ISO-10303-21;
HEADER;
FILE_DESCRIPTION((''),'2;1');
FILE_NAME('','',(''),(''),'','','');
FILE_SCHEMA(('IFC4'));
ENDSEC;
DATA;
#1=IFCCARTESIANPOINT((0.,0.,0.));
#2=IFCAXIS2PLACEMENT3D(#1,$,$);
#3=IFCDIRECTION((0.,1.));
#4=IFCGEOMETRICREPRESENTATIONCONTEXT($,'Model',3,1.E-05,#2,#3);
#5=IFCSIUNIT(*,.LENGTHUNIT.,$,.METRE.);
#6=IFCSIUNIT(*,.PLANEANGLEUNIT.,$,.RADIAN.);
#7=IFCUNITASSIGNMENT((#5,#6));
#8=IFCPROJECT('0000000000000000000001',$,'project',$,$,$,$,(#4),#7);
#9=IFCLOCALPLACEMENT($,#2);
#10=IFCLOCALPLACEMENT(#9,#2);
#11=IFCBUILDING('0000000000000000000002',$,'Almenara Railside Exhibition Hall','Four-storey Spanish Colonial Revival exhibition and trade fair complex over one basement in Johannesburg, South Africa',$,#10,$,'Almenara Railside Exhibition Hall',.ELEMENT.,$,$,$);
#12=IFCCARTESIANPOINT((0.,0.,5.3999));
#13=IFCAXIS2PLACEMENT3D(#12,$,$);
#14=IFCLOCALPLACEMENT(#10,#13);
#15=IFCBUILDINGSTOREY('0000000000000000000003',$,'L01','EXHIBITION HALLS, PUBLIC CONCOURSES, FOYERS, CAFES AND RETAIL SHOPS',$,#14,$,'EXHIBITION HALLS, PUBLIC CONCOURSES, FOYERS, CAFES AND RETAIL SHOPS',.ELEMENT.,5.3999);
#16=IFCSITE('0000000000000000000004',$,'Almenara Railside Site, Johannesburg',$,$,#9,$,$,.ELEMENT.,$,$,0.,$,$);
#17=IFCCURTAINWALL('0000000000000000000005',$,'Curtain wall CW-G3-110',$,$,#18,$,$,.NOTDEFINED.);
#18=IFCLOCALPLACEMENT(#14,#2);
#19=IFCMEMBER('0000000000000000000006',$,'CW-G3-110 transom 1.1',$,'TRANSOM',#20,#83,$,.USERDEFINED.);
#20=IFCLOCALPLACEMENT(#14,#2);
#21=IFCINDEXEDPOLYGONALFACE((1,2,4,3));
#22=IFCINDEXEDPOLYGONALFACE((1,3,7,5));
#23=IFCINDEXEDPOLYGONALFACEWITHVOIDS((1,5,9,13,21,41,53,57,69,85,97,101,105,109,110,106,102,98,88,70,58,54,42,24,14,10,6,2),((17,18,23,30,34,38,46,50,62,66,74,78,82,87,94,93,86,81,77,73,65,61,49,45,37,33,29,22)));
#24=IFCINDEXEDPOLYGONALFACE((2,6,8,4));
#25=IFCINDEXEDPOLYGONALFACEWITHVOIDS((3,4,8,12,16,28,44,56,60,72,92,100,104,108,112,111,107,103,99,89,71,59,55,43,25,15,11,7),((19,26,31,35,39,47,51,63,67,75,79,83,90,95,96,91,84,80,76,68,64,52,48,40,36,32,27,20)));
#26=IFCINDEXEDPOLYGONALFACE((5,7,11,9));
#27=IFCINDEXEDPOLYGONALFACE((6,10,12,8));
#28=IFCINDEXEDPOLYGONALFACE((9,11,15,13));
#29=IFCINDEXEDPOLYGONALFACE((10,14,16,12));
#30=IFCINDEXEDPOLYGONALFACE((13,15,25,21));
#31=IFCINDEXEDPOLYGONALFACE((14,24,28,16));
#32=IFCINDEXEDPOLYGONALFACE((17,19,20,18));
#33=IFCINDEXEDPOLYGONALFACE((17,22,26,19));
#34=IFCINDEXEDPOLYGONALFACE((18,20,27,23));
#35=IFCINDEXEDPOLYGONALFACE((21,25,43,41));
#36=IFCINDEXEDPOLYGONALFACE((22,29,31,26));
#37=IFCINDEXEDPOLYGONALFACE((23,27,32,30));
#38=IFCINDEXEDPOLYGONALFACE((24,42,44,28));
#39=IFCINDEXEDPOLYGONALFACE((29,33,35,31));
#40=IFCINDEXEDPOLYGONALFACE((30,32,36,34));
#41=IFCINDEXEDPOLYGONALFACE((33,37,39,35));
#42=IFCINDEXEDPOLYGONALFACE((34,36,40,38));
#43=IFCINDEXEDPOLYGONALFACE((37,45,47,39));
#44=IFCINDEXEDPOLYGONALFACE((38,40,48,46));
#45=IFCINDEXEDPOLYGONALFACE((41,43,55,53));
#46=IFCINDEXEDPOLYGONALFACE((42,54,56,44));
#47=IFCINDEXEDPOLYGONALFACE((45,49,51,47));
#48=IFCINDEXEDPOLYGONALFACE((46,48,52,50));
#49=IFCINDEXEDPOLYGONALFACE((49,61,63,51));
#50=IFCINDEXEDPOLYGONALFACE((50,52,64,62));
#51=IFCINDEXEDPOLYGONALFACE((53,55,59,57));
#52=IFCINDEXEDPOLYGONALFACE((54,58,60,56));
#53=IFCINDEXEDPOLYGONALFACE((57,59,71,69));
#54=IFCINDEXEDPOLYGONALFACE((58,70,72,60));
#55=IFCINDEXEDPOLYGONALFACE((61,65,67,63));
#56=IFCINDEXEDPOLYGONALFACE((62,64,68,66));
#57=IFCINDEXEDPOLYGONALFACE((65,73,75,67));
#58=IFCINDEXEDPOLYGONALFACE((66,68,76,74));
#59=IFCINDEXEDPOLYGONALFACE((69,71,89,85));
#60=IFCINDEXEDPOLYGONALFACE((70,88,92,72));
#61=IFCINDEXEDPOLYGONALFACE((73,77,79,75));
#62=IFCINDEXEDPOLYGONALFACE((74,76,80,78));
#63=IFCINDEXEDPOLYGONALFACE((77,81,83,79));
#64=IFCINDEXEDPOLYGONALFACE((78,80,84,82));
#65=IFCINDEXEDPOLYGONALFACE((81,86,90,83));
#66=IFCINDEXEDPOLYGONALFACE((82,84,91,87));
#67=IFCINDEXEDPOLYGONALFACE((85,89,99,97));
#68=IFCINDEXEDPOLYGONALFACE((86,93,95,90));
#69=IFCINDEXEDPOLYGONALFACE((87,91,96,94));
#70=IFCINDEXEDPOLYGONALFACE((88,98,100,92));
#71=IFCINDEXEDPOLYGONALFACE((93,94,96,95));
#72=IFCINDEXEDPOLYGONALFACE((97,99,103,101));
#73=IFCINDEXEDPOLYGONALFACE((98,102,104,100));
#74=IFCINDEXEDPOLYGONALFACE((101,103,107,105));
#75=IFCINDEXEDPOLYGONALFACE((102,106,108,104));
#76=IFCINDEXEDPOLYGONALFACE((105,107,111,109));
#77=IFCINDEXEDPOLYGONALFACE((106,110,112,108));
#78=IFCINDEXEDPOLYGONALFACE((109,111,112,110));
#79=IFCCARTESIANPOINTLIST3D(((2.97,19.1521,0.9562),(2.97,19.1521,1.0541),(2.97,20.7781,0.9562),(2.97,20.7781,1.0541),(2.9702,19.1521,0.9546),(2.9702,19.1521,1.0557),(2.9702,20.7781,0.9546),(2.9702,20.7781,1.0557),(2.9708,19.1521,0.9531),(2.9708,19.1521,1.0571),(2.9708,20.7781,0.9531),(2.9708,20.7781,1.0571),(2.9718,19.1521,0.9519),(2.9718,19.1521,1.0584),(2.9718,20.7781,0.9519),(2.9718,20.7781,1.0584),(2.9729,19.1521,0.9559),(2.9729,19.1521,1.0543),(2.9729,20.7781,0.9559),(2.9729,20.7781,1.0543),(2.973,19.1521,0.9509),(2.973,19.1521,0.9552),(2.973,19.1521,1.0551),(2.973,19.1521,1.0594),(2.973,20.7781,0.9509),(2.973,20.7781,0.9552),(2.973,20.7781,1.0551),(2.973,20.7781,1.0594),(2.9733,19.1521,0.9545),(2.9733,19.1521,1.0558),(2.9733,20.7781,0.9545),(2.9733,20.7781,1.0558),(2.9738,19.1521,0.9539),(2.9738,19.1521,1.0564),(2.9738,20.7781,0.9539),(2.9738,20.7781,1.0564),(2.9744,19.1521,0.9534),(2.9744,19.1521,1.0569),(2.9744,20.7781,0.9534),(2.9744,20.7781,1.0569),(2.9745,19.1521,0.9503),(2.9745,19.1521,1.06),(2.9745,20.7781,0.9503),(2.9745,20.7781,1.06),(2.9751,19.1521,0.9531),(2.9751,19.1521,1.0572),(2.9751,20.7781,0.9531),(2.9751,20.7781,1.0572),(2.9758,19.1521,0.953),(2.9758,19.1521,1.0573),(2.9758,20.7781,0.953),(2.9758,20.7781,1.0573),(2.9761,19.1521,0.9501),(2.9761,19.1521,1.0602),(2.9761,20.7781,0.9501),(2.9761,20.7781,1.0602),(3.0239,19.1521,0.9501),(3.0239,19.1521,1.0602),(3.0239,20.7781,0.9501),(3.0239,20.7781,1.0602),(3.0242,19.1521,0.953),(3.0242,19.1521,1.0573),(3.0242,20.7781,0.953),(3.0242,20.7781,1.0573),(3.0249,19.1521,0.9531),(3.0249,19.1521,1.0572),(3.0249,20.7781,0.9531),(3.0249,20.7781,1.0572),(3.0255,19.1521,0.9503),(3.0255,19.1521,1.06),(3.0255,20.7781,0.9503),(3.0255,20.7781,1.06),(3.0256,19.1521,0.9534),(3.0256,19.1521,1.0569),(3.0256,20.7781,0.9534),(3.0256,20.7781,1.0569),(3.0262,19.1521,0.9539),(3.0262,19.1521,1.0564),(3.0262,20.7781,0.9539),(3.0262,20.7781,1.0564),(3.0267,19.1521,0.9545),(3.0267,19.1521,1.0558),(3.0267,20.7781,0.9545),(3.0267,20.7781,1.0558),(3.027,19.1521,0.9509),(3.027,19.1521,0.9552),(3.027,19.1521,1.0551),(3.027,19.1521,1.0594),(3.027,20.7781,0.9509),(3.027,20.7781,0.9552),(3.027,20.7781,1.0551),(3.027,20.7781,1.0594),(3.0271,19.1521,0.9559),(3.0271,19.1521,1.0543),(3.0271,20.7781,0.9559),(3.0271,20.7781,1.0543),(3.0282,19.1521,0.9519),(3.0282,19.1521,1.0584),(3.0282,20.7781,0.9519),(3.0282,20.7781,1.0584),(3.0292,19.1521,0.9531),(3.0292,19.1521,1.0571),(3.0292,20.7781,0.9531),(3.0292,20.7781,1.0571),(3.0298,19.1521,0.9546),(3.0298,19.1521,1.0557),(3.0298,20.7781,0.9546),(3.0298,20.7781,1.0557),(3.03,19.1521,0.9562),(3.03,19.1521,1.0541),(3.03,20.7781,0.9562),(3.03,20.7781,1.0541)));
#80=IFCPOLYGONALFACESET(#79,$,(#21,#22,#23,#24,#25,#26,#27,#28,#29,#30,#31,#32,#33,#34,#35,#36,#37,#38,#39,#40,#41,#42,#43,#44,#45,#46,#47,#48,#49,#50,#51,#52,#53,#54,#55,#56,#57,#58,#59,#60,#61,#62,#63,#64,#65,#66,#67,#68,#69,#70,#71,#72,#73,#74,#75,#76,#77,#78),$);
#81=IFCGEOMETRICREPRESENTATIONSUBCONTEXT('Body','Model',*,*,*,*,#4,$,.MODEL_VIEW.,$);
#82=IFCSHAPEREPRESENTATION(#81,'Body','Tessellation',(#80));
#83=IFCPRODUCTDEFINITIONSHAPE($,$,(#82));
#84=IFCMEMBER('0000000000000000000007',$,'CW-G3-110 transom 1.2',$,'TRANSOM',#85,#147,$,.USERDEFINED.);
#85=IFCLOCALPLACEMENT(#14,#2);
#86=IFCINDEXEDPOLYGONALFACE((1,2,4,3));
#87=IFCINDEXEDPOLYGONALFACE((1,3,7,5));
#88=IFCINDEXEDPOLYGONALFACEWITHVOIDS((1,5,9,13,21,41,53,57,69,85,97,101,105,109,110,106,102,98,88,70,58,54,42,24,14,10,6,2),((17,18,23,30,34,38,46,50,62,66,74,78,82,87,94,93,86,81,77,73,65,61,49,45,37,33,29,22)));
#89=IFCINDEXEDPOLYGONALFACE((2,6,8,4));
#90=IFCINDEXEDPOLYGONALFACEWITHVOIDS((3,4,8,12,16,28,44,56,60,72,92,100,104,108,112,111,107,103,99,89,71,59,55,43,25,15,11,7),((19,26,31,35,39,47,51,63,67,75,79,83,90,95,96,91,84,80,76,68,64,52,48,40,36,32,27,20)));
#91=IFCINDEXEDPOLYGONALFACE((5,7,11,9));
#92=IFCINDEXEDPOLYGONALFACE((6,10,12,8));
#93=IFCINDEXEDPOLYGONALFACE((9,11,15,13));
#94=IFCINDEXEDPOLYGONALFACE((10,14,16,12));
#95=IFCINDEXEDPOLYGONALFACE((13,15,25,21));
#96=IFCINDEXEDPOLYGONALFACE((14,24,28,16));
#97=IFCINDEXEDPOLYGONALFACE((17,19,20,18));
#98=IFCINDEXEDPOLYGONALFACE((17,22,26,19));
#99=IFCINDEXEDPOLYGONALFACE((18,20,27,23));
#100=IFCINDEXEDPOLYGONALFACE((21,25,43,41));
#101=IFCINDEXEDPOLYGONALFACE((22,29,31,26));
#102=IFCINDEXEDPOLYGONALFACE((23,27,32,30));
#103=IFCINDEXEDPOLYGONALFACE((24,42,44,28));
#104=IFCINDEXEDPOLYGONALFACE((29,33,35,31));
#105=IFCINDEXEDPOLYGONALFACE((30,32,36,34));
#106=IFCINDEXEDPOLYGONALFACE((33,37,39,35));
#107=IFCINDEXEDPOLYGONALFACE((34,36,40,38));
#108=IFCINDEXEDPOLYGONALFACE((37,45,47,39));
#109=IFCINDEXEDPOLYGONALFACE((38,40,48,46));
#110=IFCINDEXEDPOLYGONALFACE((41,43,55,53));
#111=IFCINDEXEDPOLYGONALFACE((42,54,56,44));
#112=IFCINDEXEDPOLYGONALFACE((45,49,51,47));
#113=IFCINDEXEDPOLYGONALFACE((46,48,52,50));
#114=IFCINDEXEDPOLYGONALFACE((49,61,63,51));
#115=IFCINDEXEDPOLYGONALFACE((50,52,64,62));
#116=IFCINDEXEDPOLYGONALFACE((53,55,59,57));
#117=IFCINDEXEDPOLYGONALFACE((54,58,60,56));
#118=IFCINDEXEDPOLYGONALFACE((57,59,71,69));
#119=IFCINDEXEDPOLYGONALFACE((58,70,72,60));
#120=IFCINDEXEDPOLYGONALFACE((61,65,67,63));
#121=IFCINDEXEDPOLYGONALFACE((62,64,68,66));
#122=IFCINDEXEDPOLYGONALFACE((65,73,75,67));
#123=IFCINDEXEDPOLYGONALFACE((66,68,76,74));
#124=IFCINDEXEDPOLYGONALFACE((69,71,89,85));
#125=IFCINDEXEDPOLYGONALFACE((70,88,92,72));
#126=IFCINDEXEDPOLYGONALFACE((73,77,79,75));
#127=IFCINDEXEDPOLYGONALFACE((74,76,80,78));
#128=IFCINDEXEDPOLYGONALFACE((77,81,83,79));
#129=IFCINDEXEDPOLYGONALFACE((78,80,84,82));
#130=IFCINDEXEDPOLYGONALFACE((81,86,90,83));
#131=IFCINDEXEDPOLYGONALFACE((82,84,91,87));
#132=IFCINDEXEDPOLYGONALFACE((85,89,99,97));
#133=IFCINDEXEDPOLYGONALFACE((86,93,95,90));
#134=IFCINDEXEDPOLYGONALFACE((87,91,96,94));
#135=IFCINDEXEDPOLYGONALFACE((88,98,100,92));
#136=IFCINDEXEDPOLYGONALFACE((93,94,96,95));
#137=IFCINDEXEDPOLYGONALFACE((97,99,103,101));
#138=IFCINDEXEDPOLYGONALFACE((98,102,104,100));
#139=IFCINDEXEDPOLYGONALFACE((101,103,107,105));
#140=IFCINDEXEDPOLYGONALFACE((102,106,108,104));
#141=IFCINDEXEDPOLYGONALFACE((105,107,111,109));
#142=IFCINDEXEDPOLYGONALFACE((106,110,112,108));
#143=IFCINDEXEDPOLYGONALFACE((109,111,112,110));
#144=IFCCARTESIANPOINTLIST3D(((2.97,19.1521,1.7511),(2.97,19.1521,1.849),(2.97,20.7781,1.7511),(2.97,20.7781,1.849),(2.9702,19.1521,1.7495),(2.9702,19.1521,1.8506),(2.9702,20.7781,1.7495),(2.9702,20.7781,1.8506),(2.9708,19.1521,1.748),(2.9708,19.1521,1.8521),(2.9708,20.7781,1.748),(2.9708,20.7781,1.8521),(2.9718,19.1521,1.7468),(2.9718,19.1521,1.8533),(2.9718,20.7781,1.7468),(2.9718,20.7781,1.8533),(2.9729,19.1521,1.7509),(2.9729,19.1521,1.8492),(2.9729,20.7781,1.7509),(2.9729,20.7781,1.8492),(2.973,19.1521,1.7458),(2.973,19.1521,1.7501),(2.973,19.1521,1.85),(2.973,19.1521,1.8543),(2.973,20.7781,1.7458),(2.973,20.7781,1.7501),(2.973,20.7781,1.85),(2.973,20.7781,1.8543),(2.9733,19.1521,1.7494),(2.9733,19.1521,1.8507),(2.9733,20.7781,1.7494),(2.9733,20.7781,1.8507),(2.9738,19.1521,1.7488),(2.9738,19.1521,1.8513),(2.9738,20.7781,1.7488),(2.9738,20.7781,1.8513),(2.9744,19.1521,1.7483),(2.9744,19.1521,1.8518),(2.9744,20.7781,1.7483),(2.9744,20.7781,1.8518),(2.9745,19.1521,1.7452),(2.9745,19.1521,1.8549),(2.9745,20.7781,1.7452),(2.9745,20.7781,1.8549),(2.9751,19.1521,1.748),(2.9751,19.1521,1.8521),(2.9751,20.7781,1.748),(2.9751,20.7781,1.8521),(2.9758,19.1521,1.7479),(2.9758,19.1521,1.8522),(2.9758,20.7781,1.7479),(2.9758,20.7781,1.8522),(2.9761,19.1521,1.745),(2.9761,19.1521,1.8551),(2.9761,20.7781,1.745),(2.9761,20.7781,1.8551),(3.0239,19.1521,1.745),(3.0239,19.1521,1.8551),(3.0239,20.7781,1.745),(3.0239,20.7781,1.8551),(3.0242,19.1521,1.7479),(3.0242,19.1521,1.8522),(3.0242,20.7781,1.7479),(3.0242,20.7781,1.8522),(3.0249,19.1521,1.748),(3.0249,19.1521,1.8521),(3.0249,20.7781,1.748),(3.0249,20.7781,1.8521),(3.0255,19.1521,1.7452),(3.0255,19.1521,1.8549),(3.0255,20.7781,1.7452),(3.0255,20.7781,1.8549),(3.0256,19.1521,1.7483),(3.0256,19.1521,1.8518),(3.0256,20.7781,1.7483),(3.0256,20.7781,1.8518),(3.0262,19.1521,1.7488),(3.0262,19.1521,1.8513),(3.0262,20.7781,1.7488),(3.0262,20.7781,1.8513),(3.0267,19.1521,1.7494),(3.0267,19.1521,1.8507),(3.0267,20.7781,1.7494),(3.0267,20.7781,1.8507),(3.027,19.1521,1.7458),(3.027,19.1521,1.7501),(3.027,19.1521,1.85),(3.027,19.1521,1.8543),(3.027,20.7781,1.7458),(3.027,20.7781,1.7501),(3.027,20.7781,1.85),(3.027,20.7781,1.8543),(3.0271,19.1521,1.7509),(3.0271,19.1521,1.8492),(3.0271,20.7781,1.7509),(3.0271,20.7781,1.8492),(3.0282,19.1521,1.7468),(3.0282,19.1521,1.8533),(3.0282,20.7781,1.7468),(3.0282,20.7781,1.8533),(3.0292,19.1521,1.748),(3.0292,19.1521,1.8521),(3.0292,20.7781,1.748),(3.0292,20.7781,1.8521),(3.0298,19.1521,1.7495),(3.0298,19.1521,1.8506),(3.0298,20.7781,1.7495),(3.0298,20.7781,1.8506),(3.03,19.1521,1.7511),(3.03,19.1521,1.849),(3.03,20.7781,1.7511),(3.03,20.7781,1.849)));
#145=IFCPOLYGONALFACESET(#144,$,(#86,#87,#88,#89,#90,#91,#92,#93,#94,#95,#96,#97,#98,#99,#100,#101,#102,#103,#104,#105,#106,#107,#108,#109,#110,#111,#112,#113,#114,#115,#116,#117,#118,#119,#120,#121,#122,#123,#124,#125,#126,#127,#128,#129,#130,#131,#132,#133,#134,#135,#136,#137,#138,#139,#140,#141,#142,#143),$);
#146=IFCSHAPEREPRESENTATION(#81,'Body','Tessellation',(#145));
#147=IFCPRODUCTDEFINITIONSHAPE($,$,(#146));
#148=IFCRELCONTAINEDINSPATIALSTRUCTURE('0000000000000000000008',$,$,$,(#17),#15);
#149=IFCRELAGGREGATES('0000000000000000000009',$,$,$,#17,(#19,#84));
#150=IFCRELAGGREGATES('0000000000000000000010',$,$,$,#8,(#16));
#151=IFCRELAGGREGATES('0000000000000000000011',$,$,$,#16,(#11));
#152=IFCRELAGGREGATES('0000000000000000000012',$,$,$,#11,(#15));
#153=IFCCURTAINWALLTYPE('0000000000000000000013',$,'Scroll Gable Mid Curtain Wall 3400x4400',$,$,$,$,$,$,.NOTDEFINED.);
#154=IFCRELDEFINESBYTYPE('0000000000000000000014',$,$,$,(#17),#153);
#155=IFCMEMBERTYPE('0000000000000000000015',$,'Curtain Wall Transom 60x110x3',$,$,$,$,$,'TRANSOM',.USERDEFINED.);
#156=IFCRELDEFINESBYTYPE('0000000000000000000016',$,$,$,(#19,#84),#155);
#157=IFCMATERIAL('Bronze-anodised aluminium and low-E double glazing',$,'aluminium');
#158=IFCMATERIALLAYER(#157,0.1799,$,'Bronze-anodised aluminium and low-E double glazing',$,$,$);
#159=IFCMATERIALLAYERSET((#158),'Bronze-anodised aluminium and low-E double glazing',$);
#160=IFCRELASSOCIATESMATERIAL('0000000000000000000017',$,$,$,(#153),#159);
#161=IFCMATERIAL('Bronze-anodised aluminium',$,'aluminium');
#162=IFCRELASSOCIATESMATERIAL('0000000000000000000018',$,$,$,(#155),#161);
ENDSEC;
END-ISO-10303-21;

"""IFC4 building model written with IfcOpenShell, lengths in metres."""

from ifc_helpers import new_model, si_unit, direction, frame, origin, origin_2d, place, context, subcontext, project, spatial, hollow_rectangle, extrude, material, layer, layer_set, material_profile, profile_set, type_object, element, aggregate, save


model = new_model("IFC4")

# Units and contexts
model_context = context("Model", 3, precision=1e-05, world=origin(), true_north=direction((0.0, 1.0)))
body_context = subcontext(model_context, "Body", "Model", "MODEL_VIEW")
ifc_project = project(units=[si_unit("LENGTHUNIT", "METRE"), si_unit("PLANEANGLEUNIT", "RADIAN")], contexts=[model_context])

# Site, building, storey
site_placement = place(None, origin())
site = spatial("IfcSite", under=ifc_project, at=site_placement, Name="Almenara Railside Site, Johannesburg", CompositionType="ELEMENT", RefElevation=0.0)
building_placement = place(site_placement, origin())
building = spatial("IfcBuilding", under=site, at=building_placement, Name="Almenara Railside Exhibition Hall", Description="Four-storey Spanish Colonial Revival exhibition and trade fair complex over one basement in Johannesburg, South Africa", LongName="Almenara Railside Exhibition Hall", CompositionType="ELEMENT")
storey_placement = place(building_placement, frame((0.0, 0.0, 5.3999)))
storey = spatial("IfcBuildingStorey", under=building, at=storey_placement, Name="L01", Description="EXHIBITION HALLS, PUBLIC CONCOURSES, FOYERS, CAFES AND RETAIL SHOPS", LongName="EXHIBITION HALLS, PUBLIC CONCOURSES, FOYERS, CAFES AND RETAIL SHOPS", CompositionType="ELEMENT", Elevation=5.3999)

# Curtain wall
ifc_material_1 = material(Name="Bronze-anodised aluminium and low-E double glazing", Category="aluminium")
ifc_layer_1 = layer(ifc_material_1, 0.1799, Name="Bronze-anodised aluminium and low-E double glazing")
ifc_layer_set_1 = layer_set([ifc_layer_1], Name="Bronze-anodised aluminium and low-E double glazing")
curtain_wall_type = type_object("IfcCurtainWallType", Name="Scroll Gable Mid Curtain Wall 3400x4400", PredefinedType="NOTDEFINED", material=ifc_layer_set_1)
curtain_wall_1_placement = place(storey_placement, origin())
curtain_wall_1 = element("IfcCurtainWall", 1, at=curtain_wall_1_placement, inside=storey, type_object=curtain_wall_type, Name="Curtain wall CW-G3-110", PredefinedType="NOTDEFINED")
ifc_material_2 = material(Name="Bronze-anodised aluminium", Category="aluminium")

# Members
ifc_material_profile_1 = material_profile(ifc_material_2, hollow_rectangle(XDim=0.0601, YDim=0.1101, WallThickness=0.0029, InnerFilletRadius=0.0029, OuterFilletRadius=0.0061, at=origin_2d()), Name="ALU-TRN 60x110x3")
ifc_profile_set_1 = profile_set([ifc_material_profile_1], Name="Bronze-anodised aluminium")
member_type_1 = type_object("IfcMemberType", Name="Curtain Wall Transom 60x110x3", ElementType="TRANSOM", PredefinedType="USERDEFINED", material=ifc_profile_set_1)
member_1_placement = place(storey_placement, frame((3.0, 19.1521, 1.0051), z_axis=(0.0, 1.0, 0.0), x_axis=(-1.0, 0.0, 0.0)))
member_1 = element("IfcMember", 2, at=member_1_placement, type_object=member_type_1, Name="CW-G3-110 transom 1.1", ObjectType="TRANSOM", PredefinedType="USERDEFINED", context=body_context, shape_type="SweptSolid", body=[
    extrude(hollow_rectangle(XDim=0.0601, YDim=0.1101, WallThickness=0.0029, InnerFilletRadius=0.0029, OuterFilletRadius=0.0061, at=origin_2d()), origin(), (0.0, 0.0, 1.0), 1.626),
])
member_2_placement = place(storey_placement, frame((3.0, 19.1521, 1.8), z_axis=(0.0, 1.0, 0.0), x_axis=(-1.0, 0.0, 0.0)))
member_2 = element("IfcMember", 3, at=member_2_placement, type_object=member_type_1, Name="CW-G3-110 transom 1.2", ObjectType="TRANSOM", PredefinedType="USERDEFINED", context=body_context, shape_type="SweptSolid", body=[
    extrude(hollow_rectangle(XDim=0.0601, YDim=0.1101, WallThickness=0.0029, InnerFilletRadius=0.0029, OuterFilletRadius=0.0061, at=origin_2d()), origin(), (0.0, 0.0, 1.0), 1.626),
])

aggregate(curtain_wall_1, [member_1, member_2])

save(model, "model.ifc")
